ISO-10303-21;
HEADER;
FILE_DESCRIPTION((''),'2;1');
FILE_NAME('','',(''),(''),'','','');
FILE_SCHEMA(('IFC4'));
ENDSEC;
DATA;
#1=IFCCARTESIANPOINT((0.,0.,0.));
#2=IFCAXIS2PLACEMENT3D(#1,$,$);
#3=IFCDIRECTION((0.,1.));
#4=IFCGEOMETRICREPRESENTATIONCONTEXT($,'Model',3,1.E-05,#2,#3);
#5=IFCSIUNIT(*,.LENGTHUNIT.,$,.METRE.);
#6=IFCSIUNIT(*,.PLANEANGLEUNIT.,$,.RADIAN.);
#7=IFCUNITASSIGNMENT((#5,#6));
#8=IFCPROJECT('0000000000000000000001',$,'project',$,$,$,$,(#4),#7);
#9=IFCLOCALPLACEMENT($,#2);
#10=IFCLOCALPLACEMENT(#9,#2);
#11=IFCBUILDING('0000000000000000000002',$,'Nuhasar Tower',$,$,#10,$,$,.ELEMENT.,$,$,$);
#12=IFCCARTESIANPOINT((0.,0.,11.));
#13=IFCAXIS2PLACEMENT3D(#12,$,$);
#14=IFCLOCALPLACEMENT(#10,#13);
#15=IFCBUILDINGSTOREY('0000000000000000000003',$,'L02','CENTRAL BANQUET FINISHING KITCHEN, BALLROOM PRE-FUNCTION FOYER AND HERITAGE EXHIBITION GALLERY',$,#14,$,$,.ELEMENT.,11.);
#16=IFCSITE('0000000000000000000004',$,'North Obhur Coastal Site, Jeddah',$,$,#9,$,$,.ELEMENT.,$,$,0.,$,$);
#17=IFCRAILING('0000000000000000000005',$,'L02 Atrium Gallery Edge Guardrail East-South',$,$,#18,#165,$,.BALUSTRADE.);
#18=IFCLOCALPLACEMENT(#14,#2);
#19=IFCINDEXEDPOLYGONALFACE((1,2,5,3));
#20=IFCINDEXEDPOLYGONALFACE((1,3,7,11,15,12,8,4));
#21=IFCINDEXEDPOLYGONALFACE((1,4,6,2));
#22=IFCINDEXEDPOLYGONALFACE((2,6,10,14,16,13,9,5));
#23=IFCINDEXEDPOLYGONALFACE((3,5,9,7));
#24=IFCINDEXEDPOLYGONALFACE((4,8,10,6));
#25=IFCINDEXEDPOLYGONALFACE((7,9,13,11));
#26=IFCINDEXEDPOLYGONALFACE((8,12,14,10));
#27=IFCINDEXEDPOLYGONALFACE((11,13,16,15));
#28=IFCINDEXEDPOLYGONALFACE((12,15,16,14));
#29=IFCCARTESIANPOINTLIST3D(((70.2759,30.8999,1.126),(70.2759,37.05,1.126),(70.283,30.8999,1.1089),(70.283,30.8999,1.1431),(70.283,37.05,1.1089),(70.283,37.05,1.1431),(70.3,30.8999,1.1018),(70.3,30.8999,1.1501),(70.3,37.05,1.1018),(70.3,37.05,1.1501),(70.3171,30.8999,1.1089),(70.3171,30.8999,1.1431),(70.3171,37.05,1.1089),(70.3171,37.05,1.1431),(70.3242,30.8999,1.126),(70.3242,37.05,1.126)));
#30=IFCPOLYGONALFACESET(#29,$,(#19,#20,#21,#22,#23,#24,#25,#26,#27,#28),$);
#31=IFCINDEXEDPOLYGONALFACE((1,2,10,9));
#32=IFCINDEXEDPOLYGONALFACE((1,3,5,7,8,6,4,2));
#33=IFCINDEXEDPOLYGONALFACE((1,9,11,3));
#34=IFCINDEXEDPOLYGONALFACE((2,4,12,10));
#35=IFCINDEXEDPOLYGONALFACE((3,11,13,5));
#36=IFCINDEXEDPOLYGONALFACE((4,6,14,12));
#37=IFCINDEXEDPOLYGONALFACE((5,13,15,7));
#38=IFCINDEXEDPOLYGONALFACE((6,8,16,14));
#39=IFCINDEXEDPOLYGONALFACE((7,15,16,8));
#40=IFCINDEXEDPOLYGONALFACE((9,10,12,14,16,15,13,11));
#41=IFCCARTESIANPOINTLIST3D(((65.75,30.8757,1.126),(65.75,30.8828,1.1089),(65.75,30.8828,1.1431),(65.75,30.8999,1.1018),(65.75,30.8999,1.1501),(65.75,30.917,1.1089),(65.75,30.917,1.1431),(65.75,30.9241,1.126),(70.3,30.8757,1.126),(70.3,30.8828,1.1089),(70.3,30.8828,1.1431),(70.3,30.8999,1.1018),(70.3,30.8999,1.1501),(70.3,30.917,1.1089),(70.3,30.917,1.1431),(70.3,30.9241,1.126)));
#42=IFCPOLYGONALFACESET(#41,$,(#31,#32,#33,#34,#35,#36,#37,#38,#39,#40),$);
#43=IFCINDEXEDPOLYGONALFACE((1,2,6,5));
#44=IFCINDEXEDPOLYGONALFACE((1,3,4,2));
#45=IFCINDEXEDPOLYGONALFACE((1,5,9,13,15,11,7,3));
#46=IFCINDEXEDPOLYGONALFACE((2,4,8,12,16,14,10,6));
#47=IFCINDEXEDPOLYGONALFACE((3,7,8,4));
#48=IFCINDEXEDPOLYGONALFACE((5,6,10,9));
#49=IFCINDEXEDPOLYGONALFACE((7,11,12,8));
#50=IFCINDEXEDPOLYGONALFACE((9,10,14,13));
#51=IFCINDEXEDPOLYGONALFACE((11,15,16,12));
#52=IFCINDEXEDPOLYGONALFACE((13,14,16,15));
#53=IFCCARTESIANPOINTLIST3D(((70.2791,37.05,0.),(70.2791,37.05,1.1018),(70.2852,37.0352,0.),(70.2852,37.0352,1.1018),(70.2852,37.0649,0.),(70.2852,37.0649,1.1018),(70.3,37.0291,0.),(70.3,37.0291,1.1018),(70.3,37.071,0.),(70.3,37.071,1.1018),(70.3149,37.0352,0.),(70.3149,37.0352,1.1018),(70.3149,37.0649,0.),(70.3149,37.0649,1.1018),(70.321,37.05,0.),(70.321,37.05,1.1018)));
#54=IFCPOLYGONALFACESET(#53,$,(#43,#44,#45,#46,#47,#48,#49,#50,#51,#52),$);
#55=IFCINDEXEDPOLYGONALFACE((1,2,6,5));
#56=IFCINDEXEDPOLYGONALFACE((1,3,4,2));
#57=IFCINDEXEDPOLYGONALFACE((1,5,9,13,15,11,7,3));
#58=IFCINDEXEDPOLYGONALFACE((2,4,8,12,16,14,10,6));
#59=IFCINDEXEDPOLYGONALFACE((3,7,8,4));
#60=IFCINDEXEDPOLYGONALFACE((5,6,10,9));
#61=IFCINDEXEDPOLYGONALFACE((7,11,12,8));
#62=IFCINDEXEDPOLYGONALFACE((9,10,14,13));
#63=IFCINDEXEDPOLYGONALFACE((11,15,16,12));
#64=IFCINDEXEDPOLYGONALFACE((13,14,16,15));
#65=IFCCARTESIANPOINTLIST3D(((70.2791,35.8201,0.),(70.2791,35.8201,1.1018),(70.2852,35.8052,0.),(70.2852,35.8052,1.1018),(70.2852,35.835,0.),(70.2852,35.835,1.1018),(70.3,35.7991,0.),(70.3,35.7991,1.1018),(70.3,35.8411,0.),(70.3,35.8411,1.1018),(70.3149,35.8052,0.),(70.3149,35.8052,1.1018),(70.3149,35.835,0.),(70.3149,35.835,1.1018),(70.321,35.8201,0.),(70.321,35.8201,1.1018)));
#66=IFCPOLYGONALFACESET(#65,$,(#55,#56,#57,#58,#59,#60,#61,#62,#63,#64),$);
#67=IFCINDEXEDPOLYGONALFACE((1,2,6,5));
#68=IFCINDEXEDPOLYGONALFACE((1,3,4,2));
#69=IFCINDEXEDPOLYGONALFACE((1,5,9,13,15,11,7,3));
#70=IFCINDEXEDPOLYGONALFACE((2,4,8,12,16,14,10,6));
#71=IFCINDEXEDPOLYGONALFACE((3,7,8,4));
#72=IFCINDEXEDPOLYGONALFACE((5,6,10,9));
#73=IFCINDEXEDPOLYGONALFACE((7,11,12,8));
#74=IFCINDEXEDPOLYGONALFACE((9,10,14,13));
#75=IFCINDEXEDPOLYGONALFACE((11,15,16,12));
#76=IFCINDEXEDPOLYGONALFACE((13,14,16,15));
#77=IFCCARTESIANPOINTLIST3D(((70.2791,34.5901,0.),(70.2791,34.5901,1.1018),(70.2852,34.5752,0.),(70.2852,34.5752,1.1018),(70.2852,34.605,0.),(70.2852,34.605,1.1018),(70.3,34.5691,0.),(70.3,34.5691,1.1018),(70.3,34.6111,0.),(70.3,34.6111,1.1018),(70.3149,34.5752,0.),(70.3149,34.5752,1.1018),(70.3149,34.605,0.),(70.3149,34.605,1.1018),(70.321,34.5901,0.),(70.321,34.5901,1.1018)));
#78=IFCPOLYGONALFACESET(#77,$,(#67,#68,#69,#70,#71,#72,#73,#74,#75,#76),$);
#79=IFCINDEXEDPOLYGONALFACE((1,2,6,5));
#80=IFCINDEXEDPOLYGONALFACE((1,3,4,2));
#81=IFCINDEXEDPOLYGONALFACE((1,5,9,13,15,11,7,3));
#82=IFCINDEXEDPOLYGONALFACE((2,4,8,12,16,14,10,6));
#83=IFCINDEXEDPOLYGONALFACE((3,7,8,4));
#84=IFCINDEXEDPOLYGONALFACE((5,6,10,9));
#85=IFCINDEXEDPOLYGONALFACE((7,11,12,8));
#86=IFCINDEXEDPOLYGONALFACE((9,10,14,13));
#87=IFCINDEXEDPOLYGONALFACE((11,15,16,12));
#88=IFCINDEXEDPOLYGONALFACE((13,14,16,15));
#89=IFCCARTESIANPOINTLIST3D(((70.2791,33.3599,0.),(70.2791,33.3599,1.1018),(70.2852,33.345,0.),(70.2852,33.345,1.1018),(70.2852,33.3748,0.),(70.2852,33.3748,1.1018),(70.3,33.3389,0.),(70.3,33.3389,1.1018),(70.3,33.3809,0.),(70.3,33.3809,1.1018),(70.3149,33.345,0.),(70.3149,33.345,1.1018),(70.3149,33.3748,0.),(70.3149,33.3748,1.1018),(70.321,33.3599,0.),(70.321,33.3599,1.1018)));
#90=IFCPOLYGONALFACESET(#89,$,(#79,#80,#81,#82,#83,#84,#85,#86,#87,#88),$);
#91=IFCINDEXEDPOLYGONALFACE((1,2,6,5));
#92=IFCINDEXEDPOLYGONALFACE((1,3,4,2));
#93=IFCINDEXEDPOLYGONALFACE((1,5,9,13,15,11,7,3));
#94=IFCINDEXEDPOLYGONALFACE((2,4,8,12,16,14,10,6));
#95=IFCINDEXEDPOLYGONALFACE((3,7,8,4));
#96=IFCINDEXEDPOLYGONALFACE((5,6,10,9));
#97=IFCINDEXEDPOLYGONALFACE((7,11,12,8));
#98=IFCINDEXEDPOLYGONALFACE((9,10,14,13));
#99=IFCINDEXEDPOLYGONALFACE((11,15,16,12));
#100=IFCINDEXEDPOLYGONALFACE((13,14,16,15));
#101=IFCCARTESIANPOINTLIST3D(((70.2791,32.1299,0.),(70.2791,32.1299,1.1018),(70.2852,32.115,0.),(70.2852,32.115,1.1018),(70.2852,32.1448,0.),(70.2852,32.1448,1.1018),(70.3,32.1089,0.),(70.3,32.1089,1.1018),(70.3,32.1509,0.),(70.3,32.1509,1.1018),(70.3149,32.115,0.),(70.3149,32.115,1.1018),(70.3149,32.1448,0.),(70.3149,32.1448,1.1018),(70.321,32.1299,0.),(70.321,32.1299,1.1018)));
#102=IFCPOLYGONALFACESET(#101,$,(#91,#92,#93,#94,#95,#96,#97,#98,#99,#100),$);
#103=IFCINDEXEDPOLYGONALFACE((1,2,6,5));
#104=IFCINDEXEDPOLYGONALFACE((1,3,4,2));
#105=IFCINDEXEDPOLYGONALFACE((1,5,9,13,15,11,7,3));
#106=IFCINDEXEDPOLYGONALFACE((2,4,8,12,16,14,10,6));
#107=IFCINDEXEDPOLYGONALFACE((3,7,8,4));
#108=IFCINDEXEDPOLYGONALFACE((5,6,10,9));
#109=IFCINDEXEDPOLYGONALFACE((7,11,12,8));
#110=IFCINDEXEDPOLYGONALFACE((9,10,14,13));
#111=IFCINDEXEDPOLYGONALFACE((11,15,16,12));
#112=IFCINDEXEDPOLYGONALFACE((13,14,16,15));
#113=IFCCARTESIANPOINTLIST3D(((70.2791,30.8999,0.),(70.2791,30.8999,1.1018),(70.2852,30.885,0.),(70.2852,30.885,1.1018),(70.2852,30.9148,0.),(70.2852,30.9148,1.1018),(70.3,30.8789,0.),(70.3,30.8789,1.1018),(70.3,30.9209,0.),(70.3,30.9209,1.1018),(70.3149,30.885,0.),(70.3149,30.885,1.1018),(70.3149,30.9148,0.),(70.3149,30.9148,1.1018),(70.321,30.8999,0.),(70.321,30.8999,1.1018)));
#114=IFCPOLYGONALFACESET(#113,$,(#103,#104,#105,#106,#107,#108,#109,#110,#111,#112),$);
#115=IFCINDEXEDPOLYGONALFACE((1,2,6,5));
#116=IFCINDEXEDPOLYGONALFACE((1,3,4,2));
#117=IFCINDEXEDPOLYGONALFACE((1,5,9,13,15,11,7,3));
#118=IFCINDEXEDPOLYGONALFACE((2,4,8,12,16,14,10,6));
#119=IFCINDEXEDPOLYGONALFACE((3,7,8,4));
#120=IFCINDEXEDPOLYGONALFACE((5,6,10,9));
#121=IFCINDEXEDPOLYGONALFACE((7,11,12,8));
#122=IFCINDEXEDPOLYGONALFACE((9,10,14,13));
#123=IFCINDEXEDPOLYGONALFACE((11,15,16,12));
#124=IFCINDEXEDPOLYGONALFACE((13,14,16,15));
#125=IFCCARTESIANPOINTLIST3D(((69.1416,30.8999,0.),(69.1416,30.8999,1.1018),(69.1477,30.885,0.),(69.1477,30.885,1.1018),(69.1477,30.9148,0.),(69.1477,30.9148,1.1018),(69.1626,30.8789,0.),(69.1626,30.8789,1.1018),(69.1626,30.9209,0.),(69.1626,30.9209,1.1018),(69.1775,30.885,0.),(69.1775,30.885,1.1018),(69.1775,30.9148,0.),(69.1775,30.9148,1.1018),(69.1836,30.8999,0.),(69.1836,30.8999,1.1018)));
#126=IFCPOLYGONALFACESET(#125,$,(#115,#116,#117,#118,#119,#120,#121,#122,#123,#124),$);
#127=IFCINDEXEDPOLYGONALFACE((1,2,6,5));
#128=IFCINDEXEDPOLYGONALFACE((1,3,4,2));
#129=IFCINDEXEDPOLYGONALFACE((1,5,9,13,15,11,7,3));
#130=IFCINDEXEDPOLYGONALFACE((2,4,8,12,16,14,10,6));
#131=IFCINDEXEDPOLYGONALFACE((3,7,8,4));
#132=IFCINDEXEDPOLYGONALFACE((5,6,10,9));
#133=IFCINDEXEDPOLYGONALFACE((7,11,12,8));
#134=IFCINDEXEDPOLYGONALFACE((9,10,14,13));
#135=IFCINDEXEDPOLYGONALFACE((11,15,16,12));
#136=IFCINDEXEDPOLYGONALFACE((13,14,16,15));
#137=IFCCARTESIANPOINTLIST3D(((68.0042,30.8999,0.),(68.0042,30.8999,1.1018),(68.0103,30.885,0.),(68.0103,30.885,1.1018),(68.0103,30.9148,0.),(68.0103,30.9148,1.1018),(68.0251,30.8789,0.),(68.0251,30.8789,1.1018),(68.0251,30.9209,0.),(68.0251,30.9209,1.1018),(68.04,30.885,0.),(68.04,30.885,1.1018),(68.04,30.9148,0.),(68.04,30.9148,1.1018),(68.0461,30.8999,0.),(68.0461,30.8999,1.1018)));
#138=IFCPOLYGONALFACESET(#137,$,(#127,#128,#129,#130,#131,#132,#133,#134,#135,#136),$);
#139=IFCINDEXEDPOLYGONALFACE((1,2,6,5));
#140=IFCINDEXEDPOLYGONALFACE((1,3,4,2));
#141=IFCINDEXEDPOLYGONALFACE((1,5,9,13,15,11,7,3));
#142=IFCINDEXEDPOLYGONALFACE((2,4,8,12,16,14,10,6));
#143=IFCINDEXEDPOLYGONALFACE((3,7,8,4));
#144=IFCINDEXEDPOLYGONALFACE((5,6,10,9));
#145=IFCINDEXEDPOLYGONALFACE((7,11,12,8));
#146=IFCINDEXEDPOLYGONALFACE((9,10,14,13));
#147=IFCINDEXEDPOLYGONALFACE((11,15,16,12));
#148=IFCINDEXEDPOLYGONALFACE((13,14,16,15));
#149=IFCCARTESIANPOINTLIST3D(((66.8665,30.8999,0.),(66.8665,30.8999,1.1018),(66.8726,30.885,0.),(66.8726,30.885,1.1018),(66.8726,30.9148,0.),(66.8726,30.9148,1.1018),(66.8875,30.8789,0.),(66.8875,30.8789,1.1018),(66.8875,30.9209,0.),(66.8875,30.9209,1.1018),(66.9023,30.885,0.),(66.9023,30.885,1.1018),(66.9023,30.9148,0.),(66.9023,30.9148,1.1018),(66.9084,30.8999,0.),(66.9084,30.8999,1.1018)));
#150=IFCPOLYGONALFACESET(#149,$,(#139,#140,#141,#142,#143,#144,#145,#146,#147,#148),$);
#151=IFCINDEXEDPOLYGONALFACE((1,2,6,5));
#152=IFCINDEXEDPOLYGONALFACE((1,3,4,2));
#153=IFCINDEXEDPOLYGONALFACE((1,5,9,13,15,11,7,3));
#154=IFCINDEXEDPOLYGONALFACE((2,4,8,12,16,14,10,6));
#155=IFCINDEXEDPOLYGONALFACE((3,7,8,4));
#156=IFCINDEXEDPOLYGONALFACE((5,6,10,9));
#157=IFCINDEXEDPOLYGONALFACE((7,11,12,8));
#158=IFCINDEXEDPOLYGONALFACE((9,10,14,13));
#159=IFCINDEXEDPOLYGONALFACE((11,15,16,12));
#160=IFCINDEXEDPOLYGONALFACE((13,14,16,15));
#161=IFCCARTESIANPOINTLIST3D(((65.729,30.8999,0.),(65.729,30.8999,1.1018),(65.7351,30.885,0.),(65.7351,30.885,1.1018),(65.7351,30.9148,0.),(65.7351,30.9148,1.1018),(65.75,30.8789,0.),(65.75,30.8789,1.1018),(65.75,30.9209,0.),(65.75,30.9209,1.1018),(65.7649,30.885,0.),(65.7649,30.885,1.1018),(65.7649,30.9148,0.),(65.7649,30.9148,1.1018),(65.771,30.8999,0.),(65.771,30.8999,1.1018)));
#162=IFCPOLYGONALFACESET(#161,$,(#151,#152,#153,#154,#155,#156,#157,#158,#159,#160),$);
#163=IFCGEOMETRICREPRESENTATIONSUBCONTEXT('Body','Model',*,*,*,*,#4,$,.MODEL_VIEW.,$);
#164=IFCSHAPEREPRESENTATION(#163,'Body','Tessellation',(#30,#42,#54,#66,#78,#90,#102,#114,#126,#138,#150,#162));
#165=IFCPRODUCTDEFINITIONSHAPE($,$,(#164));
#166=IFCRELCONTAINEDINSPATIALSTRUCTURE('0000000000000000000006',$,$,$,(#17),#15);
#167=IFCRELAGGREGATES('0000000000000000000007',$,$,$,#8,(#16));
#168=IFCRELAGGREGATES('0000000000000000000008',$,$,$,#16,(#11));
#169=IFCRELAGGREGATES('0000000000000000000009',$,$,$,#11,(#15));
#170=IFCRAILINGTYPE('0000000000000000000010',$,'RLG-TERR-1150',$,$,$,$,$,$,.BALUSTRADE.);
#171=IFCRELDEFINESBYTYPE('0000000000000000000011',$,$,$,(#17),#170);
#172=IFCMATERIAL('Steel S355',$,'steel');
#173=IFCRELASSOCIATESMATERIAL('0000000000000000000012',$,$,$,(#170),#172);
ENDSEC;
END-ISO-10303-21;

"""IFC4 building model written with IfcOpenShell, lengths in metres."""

from ifc_helpers import new_model, si_unit, direction, frame, origin, place, context, subcontext, project, spatial, polyline, outline, extrude, material, type_object, element, save


model = new_model("IFC4")

# Units and contexts
model_context = context("Model", 3, precision=1e-05, world=origin(), true_north=direction((0.0, 1.0)))
body_context = subcontext(model_context, "Body", "Model", "MODEL_VIEW")
ifc_project = project(units=[si_unit("LENGTHUNIT", "METRE"), si_unit("PLANEANGLEUNIT", "RADIAN")], contexts=[model_context])

# Site, building, storey
site_placement = place(None, origin())
site = spatial("IfcSite", under=ifc_project, at=site_placement, Name="North Obhur Coastal Site, Jeddah", CompositionType="ELEMENT", RefElevation=0.0)
building_placement = place(site_placement, origin())
building = spatial("IfcBuilding", under=site, at=building_placement, Name="Nuhasar Tower", CompositionType="ELEMENT")
storey_placement = place(building_placement, frame((0.0, 0.0, 11.0)))
storey = spatial("IfcBuildingStorey", under=building, at=storey_placement, Name="L02", Description="CENTRAL BANQUET FINISHING KITCHEN, BALLROOM PRE-FUNCTION FOYER AND HERITAGE EXHIBITION GALLERY", CompositionType="ELEMENT", Elevation=11.0)

# Shared definitions
ifc_material_1 = material(Name="Steel S355", Category="steel")

# Railing
railing_type = type_object("IfcRailingType", Name="RLG-TERR-1150", PredefinedType="BALUSTRADE", material=ifc_material_1)
railing_1_placement = place(storey_placement, frame((70.3, 37.05, 0.0)))
element("IfcRailing", 1, at=railing_1_placement, inside=storey, type_object=railing_type, Name="L02 Atrium Gallery Edge Guardrail East-South", PredefinedType="BALUSTRADE", context=body_context, shape_type="SweptSolid", body=[
    extrude(outline(polyline([(0.0242, 0.0), (0.0171, 0.0171), (0.0, 0.0242), (-0.0171, 0.0171), (-0.0242, 0.0), (-0.0171, -0.0171), (0.0, -0.0242), (0.0171, -0.0171), (0.0242, 0.0)])), frame((0.0, 0.0, 1.126), z_axis=(0.0, -1.0, 0.0), x_axis=(1.0, 0.0, 0.0)), (0.0, 0.0, 1.0), 6.1501),
    extrude(outline(polyline([(0.0242, 0.0), (0.0171, 0.0171), (0.0, 0.0242), (-0.0171, 0.0171), (-0.0242, 0.0), (-0.0171, -0.0171), (0.0, -0.0242), (0.0171, -0.0171), (0.0242, 0.0)])), frame((0.0, -6.1501, 1.126), z_axis=(-1.0, 0.0, 0.0), x_axis=(0.0, -1.0, 0.0)), (0.0, 0.0, 1.0), 4.55),
    extrude(outline(polyline([(0.021, 0.0), (0.0149, 0.0149), (0.0, 0.021), (-0.0149, 0.0149), (-0.021, 0.0), (-0.0149, -0.0149), (0.0, -0.021), (0.0149, -0.0149), (0.021, 0.0)])), origin(), (0.0, 0.0, 1.0), 1.1018),
    extrude(outline(polyline([(0.021, 0.0), (0.0149, 0.0149), (0.0, 0.021), (-0.0149, 0.0149), (-0.021, 0.0), (-0.0149, -0.0149), (0.0, -0.021), (0.0149, -0.0149), (0.021, 0.0)])), frame((0.0, -1.23, 0.0)), (0.0, 0.0, 1.0), 1.1018),
    extrude(outline(polyline([(0.021, 0.0), (0.0149, 0.0149), (0.0, 0.021), (-0.0149, 0.0149), (-0.021, 0.0), (-0.0149, -0.0149), (0.0, -0.021), (0.0149, -0.0149), (0.021, 0.0)])), frame((0.0, -2.46, 0.0)), (0.0, 0.0, 1.0), 1.1018),
    extrude(outline(polyline([(0.021, 0.0), (0.0149, 0.0149), (0.0, 0.021), (-0.0149, 0.0149), (-0.021, 0.0), (-0.0149, -0.0149), (0.0, -0.021), (0.0149, -0.0149), (0.021, 0.0)])), frame((0.0, -3.6902, 0.0)), (0.0, 0.0, 1.0), 1.1018),
    extrude(outline(polyline([(0.021, 0.0), (0.0149, 0.0149), (0.0, 0.021), (-0.0149, 0.0149), (-0.021, 0.0), (-0.0149, -0.0149), (0.0, -0.021), (0.0149, -0.0149), (0.021, 0.0)])), frame((0.0, -4.9202, 0.0)), (0.0, 0.0, 1.0), 1.1018),
    extrude(outline(polyline([(0.021, 0.0), (0.0149, 0.0149), (0.0, 0.021), (-0.0149, 0.0149), (-0.021, 0.0), (-0.0149, -0.0149), (0.0, -0.021), (0.0149, -0.0149), (0.021, 0.0)])), frame((0.0, -6.1501, 0.0)), (0.0, 0.0, 1.0), 1.1018),
    extrude(outline(polyline([(0.021, 0.0), (0.0149, 0.0149), (0.0, 0.021), (-0.0149, 0.0149), (-0.021, 0.0), (-0.0149, -0.0149), (0.0, -0.021), (0.0149, -0.0149), (0.021, 0.0)])), frame((-1.1375, -6.1501, 0.0)), (0.0, 0.0, 1.0), 1.1018),
    extrude(outline(polyline([(0.021, 0.0), (0.0149, 0.0149), (0.0, 0.021), (-0.0149, 0.0149), (-0.021, 0.0), (-0.0149, -0.0149), (0.0, -0.021), (0.0149, -0.0149), (0.021, 0.0)])), frame((-2.2749, -6.1501, 0.0)), (0.0, 0.0, 1.0), 1.1018),
    extrude(outline(polyline([(0.021, 0.0), (0.0149, 0.0149), (0.0, 0.021), (-0.0149, 0.0149), (-0.021, 0.0), (-0.0149, -0.0149), (0.0, -0.021), (0.0149, -0.0149), (0.021, 0.0)])), frame((-3.4126, -6.1501, 0.0)), (0.0, 0.0, 1.0), 1.1018),
    extrude(outline(polyline([(0.021, 0.0), (0.0149, 0.0149), (0.0, 0.021), (-0.0149, 0.0149), (-0.021, 0.0), (-0.0149, -0.0149), (0.0, -0.021), (0.0149, -0.0149), (0.021, 0.0)])), frame((-4.55, -6.1501, 0.0)), (0.0, 0.0, 1.0), 1.1018),
])

save(model, "model.ifc")
